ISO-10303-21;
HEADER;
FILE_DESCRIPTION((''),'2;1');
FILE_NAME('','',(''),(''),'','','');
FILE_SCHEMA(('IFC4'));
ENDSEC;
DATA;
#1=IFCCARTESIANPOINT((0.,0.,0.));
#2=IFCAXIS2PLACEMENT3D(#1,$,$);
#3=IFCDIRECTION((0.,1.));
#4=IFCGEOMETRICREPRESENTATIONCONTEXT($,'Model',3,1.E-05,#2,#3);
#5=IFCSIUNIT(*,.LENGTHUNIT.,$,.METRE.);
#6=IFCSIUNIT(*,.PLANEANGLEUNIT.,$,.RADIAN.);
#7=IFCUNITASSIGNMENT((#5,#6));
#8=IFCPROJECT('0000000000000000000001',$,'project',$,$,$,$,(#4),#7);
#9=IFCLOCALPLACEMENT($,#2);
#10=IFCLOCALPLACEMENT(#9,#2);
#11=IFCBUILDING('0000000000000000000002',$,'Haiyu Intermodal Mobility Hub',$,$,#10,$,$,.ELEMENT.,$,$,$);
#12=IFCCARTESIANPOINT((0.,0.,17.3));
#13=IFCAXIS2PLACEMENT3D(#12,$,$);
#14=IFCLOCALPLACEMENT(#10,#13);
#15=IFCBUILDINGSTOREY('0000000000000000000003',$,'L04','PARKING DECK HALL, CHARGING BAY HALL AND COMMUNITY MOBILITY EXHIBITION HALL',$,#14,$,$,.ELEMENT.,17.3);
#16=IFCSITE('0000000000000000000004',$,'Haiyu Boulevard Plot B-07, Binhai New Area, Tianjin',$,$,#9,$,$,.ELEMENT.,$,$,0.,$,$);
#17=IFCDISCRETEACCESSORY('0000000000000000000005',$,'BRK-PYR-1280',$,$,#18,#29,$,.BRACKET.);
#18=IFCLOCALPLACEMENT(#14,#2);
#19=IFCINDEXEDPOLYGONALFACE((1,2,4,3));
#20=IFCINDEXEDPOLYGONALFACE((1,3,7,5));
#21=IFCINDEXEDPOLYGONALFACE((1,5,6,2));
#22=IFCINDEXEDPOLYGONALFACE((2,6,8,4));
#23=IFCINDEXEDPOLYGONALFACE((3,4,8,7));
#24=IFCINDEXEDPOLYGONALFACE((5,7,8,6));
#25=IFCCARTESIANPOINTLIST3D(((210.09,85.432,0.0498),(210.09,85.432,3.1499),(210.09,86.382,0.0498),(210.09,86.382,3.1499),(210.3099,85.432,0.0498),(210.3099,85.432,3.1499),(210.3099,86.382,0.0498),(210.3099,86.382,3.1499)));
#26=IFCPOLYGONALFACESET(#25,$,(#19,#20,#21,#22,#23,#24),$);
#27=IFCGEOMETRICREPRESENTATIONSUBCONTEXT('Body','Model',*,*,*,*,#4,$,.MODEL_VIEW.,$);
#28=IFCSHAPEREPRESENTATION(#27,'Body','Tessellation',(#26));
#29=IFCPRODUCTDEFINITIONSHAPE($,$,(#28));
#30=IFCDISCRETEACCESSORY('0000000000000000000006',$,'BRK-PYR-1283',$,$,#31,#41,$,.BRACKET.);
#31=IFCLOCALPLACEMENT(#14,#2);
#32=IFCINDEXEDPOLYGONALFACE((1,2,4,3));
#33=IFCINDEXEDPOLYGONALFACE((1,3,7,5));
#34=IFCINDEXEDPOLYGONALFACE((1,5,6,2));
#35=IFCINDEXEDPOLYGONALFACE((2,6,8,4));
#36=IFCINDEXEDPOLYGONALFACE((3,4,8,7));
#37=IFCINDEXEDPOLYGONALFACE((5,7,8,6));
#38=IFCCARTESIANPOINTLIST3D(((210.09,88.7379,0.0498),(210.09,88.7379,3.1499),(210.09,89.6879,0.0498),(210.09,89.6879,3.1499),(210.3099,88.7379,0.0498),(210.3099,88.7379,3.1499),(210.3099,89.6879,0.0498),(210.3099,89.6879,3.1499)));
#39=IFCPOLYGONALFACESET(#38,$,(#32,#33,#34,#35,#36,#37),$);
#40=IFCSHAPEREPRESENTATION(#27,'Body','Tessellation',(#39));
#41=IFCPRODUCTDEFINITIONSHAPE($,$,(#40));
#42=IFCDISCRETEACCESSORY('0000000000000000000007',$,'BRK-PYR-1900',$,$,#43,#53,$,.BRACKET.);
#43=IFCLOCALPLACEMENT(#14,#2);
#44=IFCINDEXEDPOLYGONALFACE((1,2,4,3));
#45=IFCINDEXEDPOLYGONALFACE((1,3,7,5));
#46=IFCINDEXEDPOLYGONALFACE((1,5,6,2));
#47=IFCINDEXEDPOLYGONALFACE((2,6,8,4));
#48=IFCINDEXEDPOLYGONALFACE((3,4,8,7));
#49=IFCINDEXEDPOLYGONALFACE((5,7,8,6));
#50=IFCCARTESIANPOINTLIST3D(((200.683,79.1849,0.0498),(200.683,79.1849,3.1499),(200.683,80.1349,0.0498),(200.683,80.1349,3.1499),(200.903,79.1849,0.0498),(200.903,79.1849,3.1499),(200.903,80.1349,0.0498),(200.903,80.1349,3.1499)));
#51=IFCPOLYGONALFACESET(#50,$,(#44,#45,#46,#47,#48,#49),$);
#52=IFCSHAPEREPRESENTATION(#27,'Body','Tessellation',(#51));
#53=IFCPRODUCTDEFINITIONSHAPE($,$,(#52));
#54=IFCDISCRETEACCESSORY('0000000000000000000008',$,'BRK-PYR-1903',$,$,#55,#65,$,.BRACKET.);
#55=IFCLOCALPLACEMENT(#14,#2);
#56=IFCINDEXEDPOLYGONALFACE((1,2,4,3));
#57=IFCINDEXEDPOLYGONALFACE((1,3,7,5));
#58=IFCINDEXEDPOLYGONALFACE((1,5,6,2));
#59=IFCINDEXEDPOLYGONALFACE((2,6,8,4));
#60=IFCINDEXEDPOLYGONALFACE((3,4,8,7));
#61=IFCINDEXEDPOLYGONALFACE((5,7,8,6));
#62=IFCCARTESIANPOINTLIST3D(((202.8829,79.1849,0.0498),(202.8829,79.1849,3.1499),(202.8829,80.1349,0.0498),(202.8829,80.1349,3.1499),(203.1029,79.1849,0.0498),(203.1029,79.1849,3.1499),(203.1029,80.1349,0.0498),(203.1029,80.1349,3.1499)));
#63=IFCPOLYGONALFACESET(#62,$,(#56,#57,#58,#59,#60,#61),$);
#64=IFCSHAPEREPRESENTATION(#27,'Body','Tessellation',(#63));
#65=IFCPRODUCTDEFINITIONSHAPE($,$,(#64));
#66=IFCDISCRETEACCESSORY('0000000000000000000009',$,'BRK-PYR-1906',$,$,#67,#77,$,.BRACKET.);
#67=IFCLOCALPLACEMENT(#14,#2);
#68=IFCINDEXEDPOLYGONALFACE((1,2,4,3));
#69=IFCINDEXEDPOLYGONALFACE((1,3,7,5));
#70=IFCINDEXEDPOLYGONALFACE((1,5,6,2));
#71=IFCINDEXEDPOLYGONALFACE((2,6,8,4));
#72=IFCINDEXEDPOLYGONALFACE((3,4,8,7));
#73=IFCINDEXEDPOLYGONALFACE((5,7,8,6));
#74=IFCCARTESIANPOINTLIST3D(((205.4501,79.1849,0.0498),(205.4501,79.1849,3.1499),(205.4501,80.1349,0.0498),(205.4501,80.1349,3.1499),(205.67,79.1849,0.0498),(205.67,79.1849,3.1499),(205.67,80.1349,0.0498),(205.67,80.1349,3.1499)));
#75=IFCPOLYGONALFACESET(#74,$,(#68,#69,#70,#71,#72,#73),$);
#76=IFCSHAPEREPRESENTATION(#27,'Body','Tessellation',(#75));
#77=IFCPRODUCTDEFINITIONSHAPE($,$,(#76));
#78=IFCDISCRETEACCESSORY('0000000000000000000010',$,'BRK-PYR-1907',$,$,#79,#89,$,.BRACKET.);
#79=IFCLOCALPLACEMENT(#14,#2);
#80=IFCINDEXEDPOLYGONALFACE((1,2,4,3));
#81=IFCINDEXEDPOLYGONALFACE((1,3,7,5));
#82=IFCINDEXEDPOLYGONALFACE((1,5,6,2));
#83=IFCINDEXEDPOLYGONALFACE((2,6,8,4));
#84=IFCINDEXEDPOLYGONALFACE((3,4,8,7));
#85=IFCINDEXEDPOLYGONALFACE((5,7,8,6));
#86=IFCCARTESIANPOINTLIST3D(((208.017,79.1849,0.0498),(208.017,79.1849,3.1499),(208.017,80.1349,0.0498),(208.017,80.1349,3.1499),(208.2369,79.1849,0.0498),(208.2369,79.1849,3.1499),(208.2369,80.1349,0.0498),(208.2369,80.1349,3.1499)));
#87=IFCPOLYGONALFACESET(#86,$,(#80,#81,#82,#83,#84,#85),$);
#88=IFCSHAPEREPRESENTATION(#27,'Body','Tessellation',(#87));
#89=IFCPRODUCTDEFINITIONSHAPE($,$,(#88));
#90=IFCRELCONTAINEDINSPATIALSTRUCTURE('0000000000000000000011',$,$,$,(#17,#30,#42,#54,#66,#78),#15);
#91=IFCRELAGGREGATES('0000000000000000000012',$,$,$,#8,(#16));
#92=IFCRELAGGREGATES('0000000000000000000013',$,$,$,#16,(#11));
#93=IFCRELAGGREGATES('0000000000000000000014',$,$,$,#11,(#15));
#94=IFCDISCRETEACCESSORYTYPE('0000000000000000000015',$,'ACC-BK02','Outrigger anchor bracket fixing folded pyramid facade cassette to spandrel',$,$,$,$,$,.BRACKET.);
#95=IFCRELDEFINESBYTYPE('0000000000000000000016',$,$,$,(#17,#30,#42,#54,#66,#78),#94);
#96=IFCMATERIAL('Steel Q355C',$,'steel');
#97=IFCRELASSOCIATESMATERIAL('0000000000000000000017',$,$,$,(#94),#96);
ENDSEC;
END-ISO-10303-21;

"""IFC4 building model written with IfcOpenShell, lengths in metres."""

from ifc_helpers import new_model, si_unit, direction, frame, origin, origin_2d, place, context, subcontext, project, spatial, rectangle, extrude, material, type_object, element, save


model = new_model("IFC4")

# Units and contexts
model_context = context("Model", 3, precision=1e-05, world=origin(), true_north=direction((0.0, 1.0)))
body_context = subcontext(model_context, "Body", "Model", "MODEL_VIEW")
ifc_project = project(units=[si_unit("LENGTHUNIT", "METRE"), si_unit("PLANEANGLEUNIT", "RADIAN")], contexts=[model_context])

# Site, building, storey
site_placement = place(None, origin())
site = spatial("IfcSite", under=ifc_project, at=site_placement, Name="Haiyu Boulevard Plot B-07, Binhai New Area, Tianjin", CompositionType="ELEMENT", RefElevation=0.0)
building_placement = place(site_placement, origin())
building = spatial("IfcBuilding", under=site, at=building_placement, Name="Haiyu Intermodal Mobility Hub", CompositionType="ELEMENT")
storey_placement = place(building_placement, frame((0.0, 0.0, 17.3)))
storey = spatial("IfcBuildingStorey", under=building, at=storey_placement, Name="L04", Description="PARKING DECK HALL, CHARGING BAY HALL AND COMMUNITY MOBILITY EXHIBITION HALL", CompositionType="ELEMENT", Elevation=17.3)

# Discrete accessories
ifc_material_1 = material(Name="Steel Q355C", Category="steel")
discrete_accessory_type = type_object("IfcDiscreteAccessoryType", Name="ACC-BK02", Description="Outrigger anchor bracket fixing folded pyramid facade cassette to spandrel", PredefinedType="BRACKET", material=ifc_material_1)
for number, where, z_axis, x_axis, name in (
    (1, (210.2, 85.907, 0.0498), (0.0, 0.0, 1.0), (1.0, 0.0, 0.0), "BRK-PYR-1280"),
    (2, (210.2, 89.2129, 0.0498), (0.0, 0.0, 1.0), (1.0, 0.0, 0.0), "BRK-PYR-1283"),
    (3, (200.793, 79.6599, 0.0498), (0.0, 0.0, 1.0), (1.0, 0.0, 0.0), "BRK-PYR-1900"),
    (4, (202.9929, 79.6599, 0.0498), (0.0, 0.0, 1.0), (1.0, 0.0, 0.0), "BRK-PYR-1903"),
    (5, (205.5601, 79.6599, 0.0498), (0.0, 0.0, 1.0), (1.0, 0.0, 0.0), "BRK-PYR-1906"),
    (6, (208.127, 79.6599, 0.0498), (0.0, 0.0, 1.0), (1.0, 0.0, 0.0), "BRK-PYR-1907"),
):
    element("IfcDiscreteAccessory", number, at=place(storey_placement, frame(where, z_axis=z_axis, x_axis=x_axis)), inside=storey, type_object=discrete_accessory_type, Name=name, PredefinedType="BRACKET", context=body_context, shape_type="SweptSolid", body=[
        extrude(rectangle(XDim=0.22, YDim=0.95, at=origin_2d()), origin(), (0.0, 0.0, 1.0), 3.1001),
    ])

save(model, "model.ifc")
